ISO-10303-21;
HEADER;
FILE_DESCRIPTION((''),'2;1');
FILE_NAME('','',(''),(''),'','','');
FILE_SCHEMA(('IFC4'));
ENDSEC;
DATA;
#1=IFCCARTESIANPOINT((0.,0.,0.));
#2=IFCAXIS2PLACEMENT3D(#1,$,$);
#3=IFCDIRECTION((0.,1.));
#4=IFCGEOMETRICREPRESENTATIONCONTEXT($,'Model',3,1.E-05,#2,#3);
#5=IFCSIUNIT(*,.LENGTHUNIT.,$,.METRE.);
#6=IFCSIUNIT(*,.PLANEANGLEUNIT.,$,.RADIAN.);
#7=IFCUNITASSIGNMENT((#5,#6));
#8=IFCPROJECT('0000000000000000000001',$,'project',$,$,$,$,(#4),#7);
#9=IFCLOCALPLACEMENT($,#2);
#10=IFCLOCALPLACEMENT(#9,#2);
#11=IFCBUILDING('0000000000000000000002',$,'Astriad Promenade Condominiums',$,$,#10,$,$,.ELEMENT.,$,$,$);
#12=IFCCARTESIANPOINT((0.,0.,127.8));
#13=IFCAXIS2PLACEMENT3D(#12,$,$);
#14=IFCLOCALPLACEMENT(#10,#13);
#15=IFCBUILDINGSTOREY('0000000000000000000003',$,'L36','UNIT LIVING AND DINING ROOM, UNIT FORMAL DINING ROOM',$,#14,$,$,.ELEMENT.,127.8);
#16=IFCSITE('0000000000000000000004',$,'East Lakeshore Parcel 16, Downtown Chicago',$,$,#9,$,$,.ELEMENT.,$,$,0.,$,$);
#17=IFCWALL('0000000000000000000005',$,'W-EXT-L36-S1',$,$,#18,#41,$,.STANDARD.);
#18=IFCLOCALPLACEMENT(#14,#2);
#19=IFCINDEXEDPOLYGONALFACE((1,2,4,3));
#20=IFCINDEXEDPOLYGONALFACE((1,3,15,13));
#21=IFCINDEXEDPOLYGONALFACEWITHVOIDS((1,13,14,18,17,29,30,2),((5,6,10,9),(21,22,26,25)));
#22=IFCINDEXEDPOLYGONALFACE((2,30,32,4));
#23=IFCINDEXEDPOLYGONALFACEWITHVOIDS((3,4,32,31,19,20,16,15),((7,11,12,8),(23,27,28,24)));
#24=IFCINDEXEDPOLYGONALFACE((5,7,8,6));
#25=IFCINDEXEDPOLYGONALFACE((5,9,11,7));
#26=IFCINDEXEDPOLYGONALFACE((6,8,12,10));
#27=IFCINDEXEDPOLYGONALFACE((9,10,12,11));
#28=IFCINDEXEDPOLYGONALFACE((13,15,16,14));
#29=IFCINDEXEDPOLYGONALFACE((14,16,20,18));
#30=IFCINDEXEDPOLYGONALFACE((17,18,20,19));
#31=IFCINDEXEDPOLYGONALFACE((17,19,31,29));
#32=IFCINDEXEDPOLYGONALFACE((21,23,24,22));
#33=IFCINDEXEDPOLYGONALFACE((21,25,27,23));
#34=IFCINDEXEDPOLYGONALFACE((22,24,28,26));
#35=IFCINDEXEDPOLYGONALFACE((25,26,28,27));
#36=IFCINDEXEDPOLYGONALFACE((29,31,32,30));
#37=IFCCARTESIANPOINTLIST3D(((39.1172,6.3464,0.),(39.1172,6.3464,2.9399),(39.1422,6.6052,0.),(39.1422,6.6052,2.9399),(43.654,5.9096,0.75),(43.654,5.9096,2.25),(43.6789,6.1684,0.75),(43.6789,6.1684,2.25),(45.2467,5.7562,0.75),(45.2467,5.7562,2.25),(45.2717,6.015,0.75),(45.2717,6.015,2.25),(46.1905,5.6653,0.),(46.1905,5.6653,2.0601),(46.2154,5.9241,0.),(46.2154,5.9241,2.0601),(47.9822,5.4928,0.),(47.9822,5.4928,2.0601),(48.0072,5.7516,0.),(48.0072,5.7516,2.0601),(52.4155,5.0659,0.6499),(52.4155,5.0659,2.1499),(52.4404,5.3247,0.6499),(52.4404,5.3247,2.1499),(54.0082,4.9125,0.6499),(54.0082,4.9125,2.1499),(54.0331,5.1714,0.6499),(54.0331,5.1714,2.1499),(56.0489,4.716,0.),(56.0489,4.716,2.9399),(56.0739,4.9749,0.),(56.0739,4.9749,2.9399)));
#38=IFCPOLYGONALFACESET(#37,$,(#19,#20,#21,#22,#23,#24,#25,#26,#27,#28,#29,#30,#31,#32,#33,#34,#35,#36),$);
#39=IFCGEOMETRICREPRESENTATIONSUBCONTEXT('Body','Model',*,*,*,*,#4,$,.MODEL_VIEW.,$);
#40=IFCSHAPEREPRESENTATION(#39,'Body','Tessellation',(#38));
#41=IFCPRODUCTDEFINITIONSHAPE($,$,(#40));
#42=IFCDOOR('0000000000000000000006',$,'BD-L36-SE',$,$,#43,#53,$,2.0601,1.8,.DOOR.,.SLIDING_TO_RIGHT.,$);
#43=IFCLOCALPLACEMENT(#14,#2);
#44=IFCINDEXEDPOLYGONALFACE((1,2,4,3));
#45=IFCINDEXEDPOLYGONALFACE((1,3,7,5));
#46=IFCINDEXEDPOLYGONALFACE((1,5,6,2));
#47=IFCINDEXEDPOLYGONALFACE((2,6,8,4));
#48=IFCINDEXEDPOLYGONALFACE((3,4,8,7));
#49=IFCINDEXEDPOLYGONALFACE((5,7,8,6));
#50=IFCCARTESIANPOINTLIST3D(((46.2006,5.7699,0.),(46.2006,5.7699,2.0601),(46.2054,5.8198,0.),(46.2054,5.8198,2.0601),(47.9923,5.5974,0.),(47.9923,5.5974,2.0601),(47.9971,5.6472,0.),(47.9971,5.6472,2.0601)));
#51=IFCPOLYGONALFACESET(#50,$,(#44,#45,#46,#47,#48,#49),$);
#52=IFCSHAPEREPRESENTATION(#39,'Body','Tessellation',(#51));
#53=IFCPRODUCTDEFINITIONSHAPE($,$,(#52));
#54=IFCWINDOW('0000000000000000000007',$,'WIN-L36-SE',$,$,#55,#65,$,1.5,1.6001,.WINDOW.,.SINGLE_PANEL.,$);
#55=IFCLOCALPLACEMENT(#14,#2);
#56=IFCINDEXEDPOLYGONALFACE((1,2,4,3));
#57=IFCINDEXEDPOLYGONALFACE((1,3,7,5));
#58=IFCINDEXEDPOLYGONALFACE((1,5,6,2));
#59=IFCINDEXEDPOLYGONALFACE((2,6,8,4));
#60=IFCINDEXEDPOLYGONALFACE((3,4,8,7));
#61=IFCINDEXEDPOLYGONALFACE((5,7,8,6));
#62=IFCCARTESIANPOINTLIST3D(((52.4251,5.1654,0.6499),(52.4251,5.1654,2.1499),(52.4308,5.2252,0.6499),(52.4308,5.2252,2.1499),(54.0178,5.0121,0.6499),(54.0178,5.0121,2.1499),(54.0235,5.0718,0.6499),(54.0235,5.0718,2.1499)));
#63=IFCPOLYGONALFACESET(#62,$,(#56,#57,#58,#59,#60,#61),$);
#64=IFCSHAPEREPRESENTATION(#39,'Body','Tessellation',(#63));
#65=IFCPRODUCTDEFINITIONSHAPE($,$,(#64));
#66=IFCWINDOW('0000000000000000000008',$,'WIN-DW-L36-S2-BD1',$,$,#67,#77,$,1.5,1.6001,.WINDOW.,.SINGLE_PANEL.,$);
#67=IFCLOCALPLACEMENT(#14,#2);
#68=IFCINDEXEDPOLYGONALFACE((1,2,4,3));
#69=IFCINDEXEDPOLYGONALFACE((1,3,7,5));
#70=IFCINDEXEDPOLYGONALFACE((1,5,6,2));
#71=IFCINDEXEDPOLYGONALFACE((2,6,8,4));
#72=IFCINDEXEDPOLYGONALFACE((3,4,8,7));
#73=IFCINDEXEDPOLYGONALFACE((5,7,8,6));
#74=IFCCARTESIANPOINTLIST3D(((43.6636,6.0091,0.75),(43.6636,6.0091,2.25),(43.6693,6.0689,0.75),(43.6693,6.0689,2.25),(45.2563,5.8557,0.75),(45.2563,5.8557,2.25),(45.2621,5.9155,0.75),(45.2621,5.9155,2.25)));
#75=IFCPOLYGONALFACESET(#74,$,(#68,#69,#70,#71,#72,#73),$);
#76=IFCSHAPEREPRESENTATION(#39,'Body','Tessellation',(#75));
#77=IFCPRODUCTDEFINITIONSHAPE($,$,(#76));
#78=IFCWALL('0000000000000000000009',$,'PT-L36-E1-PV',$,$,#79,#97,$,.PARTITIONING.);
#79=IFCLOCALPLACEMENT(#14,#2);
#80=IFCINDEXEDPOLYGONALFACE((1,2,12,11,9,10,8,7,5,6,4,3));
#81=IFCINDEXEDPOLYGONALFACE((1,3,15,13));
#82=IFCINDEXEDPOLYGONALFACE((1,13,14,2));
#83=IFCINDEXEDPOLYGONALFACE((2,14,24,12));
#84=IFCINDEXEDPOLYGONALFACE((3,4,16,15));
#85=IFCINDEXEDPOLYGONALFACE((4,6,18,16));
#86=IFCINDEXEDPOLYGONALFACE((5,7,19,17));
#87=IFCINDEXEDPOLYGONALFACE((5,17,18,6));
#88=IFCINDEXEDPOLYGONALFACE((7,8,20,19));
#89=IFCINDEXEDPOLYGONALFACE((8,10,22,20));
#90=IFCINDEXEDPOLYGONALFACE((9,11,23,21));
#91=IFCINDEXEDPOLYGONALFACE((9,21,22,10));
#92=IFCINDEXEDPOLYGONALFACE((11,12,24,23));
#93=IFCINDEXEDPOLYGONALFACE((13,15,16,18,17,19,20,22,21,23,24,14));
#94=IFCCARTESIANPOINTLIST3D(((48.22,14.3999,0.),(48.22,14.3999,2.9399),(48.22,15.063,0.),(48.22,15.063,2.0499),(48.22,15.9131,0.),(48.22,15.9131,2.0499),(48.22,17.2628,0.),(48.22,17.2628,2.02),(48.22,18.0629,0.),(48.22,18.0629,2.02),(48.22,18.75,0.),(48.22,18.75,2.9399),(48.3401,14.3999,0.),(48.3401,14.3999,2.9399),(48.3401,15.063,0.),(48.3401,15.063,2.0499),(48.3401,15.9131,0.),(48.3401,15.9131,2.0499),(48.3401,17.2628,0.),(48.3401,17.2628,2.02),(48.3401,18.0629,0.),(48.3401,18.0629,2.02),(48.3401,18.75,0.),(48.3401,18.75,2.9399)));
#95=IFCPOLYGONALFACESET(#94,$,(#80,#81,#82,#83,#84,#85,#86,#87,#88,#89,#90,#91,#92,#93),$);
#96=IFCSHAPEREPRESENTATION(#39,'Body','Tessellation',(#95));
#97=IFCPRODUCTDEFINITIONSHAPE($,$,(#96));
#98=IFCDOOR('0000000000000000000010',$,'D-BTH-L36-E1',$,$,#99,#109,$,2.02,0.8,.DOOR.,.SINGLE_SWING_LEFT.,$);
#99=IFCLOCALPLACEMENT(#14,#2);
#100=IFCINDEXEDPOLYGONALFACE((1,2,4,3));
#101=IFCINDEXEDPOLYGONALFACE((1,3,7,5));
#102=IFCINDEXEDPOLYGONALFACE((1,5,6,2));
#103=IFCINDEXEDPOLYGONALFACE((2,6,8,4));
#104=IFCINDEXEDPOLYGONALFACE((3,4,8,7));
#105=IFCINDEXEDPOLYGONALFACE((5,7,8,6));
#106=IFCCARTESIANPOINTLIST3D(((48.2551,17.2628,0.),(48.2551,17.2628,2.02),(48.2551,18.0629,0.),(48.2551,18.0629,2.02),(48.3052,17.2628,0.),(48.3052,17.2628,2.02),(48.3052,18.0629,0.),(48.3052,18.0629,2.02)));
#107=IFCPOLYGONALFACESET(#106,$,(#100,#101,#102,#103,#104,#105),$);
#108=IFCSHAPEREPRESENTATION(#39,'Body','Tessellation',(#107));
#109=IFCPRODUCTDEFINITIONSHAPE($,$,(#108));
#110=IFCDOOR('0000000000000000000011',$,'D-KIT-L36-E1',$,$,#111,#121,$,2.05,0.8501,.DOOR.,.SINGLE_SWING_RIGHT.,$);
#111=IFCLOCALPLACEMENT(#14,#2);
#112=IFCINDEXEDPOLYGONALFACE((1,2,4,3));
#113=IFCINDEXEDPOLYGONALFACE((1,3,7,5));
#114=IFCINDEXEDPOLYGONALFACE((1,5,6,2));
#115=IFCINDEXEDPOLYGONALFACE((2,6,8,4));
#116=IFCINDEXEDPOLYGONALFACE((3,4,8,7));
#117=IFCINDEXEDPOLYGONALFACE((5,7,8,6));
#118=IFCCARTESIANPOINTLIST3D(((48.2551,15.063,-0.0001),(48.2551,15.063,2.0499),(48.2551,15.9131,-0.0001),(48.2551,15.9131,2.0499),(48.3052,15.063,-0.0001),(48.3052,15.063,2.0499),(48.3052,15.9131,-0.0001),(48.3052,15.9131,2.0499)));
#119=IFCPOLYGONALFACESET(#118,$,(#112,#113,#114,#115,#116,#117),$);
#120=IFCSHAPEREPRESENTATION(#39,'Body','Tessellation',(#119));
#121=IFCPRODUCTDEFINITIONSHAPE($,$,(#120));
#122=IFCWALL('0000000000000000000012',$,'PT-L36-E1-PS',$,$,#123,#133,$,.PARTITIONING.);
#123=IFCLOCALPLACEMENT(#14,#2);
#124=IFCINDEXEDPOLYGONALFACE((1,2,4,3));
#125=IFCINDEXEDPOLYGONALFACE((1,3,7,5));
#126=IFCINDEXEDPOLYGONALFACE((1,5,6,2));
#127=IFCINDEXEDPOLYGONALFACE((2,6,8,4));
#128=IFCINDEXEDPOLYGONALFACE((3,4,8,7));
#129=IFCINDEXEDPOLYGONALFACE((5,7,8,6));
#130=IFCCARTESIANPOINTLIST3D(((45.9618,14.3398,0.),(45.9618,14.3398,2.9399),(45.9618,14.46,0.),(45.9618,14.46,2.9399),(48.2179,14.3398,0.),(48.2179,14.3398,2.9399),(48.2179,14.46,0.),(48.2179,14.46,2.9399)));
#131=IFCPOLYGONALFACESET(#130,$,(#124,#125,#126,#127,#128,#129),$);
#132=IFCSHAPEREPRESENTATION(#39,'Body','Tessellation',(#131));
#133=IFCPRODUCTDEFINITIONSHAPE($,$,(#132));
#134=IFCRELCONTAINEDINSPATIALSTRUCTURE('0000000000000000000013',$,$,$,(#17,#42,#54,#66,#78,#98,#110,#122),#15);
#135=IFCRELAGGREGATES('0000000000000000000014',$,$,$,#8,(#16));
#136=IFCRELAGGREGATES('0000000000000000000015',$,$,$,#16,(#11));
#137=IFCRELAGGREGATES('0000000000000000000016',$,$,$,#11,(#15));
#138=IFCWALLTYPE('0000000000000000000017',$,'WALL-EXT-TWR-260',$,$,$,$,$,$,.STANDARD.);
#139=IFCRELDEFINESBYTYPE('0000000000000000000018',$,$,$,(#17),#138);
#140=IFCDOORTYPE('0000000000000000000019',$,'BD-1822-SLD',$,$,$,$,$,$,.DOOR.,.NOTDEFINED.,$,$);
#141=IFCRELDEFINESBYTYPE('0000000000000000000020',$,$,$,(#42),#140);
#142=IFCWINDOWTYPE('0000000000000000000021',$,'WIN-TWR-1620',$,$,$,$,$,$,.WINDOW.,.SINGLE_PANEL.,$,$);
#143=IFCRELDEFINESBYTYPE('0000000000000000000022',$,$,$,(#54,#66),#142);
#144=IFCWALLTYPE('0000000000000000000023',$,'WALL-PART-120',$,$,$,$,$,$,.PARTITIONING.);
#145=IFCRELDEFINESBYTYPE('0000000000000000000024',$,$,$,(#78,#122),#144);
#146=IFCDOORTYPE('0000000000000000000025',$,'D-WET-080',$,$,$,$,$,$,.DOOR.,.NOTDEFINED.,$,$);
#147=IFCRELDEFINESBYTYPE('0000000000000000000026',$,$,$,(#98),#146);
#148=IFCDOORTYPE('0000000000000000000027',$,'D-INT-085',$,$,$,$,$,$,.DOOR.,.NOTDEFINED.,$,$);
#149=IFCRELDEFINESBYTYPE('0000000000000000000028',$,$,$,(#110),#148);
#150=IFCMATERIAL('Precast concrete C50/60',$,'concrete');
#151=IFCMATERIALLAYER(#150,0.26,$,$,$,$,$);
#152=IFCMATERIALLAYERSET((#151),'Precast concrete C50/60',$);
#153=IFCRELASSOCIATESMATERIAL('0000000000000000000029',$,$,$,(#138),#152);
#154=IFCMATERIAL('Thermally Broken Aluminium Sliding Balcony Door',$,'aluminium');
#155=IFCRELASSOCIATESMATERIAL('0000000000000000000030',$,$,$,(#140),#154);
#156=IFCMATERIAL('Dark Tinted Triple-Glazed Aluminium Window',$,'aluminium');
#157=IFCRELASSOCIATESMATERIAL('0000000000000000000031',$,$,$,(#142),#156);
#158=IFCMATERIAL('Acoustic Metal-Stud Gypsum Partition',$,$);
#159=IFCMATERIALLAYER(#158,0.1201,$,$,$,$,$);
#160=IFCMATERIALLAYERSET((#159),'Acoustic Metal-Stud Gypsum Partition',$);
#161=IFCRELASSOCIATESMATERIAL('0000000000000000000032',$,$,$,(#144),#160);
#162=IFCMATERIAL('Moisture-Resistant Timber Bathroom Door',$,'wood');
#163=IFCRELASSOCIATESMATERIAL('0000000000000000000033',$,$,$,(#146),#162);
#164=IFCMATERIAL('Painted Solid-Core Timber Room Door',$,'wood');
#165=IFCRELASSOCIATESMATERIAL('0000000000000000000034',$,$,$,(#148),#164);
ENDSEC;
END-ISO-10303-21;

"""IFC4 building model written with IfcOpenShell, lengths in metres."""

from ifc_helpers import new_model, si_unit, direction, frame, frame_2d, origin, place, context, subcontext, project, spatial, rectangle, extrude, source, transform, mapped, material, layer, layer_set, type_object, type_shapes, element, fill, save


model = new_model("IFC4")

# Units and contexts
model_context = context("Model", 3, precision=1e-05, world=origin(), true_north=direction((0.0, 1.0)))
body_context = subcontext(model_context, "Body", "Model", "MODEL_VIEW")
ifc_project = project(units=[si_unit("LENGTHUNIT", "METRE"), si_unit("PLANEANGLEUNIT", "RADIAN")], contexts=[model_context])

# Site, building, storey
site_placement = place(None, origin())
site = spatial("IfcSite", under=ifc_project, at=site_placement, Name="East Lakeshore Parcel 16, Downtown Chicago", CompositionType="ELEMENT", RefElevation=0.0)
building_placement = place(site_placement, origin())
building = spatial("IfcBuilding", under=site, at=building_placement, Name="Astriad Promenade Condominiums", CompositionType="ELEMENT")
storey_placement = place(building_placement, frame((0.0, 0.0, 127.8)))
storey = spatial("IfcBuildingStorey", under=building, at=storey_placement, Name="L36", Description="UNIT LIVING AND DINING ROOM, UNIT FORMAL DINING ROOM", CompositionType="ELEMENT", Elevation=127.8)

# Wall, openings, door, windows
ifc_material_1 = material(Name="Precast concrete C50/60", Category="concrete")
ifc_layer_1 = layer(ifc_material_1, 0.26)
ifc_layer_set_1 = layer_set([ifc_layer_1], Name="Precast concrete C50/60")
wall_type_1 = type_object("IfcWallType", Name="WALL-EXT-TWR-260", PredefinedType="STANDARD", material=ifc_layer_set_1)
wall_1_placement = place(storey_placement, frame((56.0613, 4.8455, 0.0), z_axis=(0.0, 0.0, 1.0), x_axis=(-0.995396, 0.095848, 0.0)))
wall_1 = element("IfcWall", 1, at=wall_1_placement, inside=storey, type_object=wall_type_1, Name="W-EXT-L36-S1", PredefinedType="STANDARD", context=body_context, shape_type="SweptSolid", body=[
    extrude(rectangle(XDim=17.01, YDim=0.26, at=frame_2d((8.5049, 0.0))), origin(), (0.0, 0.0, 1.0), 2.9399),
])
opening_1_placement = place(wall_1_placement, frame((8.104, 0.0, 0.0)))
opening_1 = element("IfcOpeningElement", 2, at=opening_1_placement, cuts=wall_1, PredefinedType="OPENING", context=body_context, shape_type="SweptSolid", body=[
    extrude(rectangle(XDim=1.8, YDim=2.0601, at=frame_2d((0.8999, 1.03))), frame((0.0, 0.1399, 0.0), z_axis=(0.0, -1.0, 0.0), x_axis=(1.0, 0.0, 0.0)), (0.0, 0.0, 1.0), 0.28),
])
opening_2_placement = place(wall_1_placement, frame((2.05, 0.0, 0.6499)))
opening_2 = element("IfcOpeningElement", 3, at=opening_2_placement, cuts=wall_1, PredefinedType="OPENING", context=body_context, shape_type="SweptSolid", body=[
    extrude(rectangle(XDim=1.6001, YDim=1.5, at=frame_2d((0.8, 0.75))), frame((0.0, 0.1399, 0.0), z_axis=(0.0, -1.0, 0.0), x_axis=(1.0, 0.0, 0.0)), (0.0, 0.0, 1.0), 0.28),
])
opening_3_placement = place(wall_1_placement, frame((10.8521, 0.0, 0.75)))
opening_3 = element("IfcOpeningElement", 4, at=opening_3_placement, cuts=wall_1, PredefinedType="OPENING", context=body_context, shape_type="SweptSolid", body=[
    extrude(rectangle(XDim=1.6001, YDim=1.5, at=frame_2d((0.8, 0.75))), frame((0.0, 0.1399, 0.0), z_axis=(0.0, -1.0, 0.0), x_axis=(1.0, 0.0, 0.0)), (0.0, 0.0, 1.0), 0.28),
])
ifc_material_2 = material(Name="Thermally Broken Aluminium Sliding Balcony Door", Category="aluminium")
door_type_1 = type_object("IfcDoorType", Name="BD-1822-SLD", OperationType="NOTDEFINED", PredefinedType="DOOR", material=ifc_material_2)
shared_shape_1 = source(origin(), body_context, "Body", "SweptSolid", [
    extrude(rectangle(XDim=1.8, YDim=2.0601, at=frame_2d((0.8999, 1.03))), frame((0.0, 0.0249, 0.0), z_axis=(0.0, -1.0, 0.0), x_axis=(1.0, 0.0, 0.0)), (0.0, 0.0, 1.0), 0.05),
])
type_shapes(door_type_1, [shared_shape_1])
door_1_placement = place(opening_1_placement, origin())
door_1 = element("IfcDoor", 5, at=door_1_placement, inside=storey, type_object=door_type_1, Name="BD-L36-SE", OperationType="SLIDING_TO_RIGHT", OverallHeight=2.0601, OverallWidth=1.8, PredefinedType="DOOR", context=body_context, shape_type="MappedRepresentation", body=[
    mapped(shared_shape_1, transform((0.0, 0.0, 0.0), scale=1.0)),
])
fill(opening_1, door_1)
ifc_material_3 = material(Name="Dark Tinted Triple-Glazed Aluminium Window", Category="aluminium")
window_type = type_object("IfcWindowType", Name="WIN-TWR-1620", PartitioningType="SINGLE_PANEL", PredefinedType="WINDOW", material=ifc_material_3)
shared_shape_2 = source(origin(), body_context, "Body", "SweptSolid", [
    extrude(rectangle(XDim=1.6001, YDim=1.5, at=frame_2d((0.8, 0.75))), frame((0.0, 0.03, 0.0), z_axis=(0.0, -1.0, 0.0), x_axis=(1.0, 0.0, 0.0)), (0.0, 0.0, 1.0), 0.0601),
])
type_shapes(window_type, [shared_shape_2])
window_1_placement = place(opening_2_placement, origin())
window_1 = element("IfcWindow", 6, at=window_1_placement, inside=storey, type_object=window_type, Name="WIN-L36-SE", OverallHeight=1.5, OverallWidth=1.6001, PartitioningType="SINGLE_PANEL", PredefinedType="WINDOW", context=body_context, shape_type="MappedRepresentation", body=[
    mapped(shared_shape_2, transform((0.0, 0.0, 0.0), scale=1.0)),
])
fill(opening_2, window_1)
window_2_placement = place(opening_3_placement, origin())
window_2 = element("IfcWindow", 7, at=window_2_placement, inside=storey, type_object=window_type, Name="WIN-DW-L36-S2-BD1", OverallHeight=1.5, OverallWidth=1.6001, PartitioningType="SINGLE_PANEL", PredefinedType="WINDOW", context=body_context, shape_type="MappedRepresentation", body=[
    mapped(shared_shape_2, transform((0.0, 0.0, 0.0), scale=1.0)),
])
fill(opening_3, window_2)

# Wall, openings, doors
ifc_material_4 = material(Name="Acoustic Metal-Stud Gypsum Partition")
ifc_layer_2 = layer(ifc_material_4, 0.1201)
ifc_layer_set_2 = layer_set([ifc_layer_2], Name="Acoustic Metal-Stud Gypsum Partition")
wall_type_2 = type_object("IfcWallType", Name="WALL-PART-120", PredefinedType="PARTITIONING", material=ifc_layer_set_2)
wall_2_placement = place(storey_placement, frame((48.28, 14.3999, 0.0), z_axis=(0.0, 0.0, 1.0), x_axis=(0.0, 1.0, 0.0)))
wall_2 = element("IfcWall", 8, at=wall_2_placement, inside=storey, type_object=wall_type_2, Name="PT-L36-E1-PV", PredefinedType="PARTITIONING", context=body_context, shape_type="SweptSolid", body=[
    extrude(rectangle(XDim=4.3501, YDim=0.1201, at=frame_2d((2.175, 0.0))), origin(), (0.0, 0.0, 1.0), 2.9399),
])
opening_4_placement = place(wall_2_placement, frame((0.6631, 0.0, 0.0)))
opening_4 = element("IfcOpeningElement", 9, at=opening_4_placement, cuts=wall_2, PredefinedType="OPENING", context=body_context, shape_type="SweptSolid", body=[
    extrude(rectangle(XDim=0.8501, YDim=2.05, at=frame_2d((0.425, 1.0249))), frame((0.0, 0.0701, 0.0), z_axis=(0.0, -1.0, 0.0), x_axis=(1.0, 0.0, 0.0)), (0.0, 0.0, 1.0), 0.1401),
])
opening_5_placement = place(wall_2_placement, frame((2.863, 0.0, 0.0)))
opening_5 = element("IfcOpeningElement", 10, at=opening_5_placement, cuts=wall_2, PredefinedType="OPENING", context=body_context, shape_type="SweptSolid", body=[
    extrude(rectangle(XDim=0.8, YDim=2.02, at=frame_2d((0.3999, 1.01))), frame((0.0, 0.0701, 0.0), z_axis=(0.0, -1.0, 0.0), x_axis=(1.0, 0.0, 0.0)), (0.0, 0.0, 1.0), 0.1401),
])
ifc_material_5 = material(Name="Moisture-Resistant Timber Bathroom Door", Category="wood")
door_type_2 = type_object("IfcDoorType", Name="D-WET-080", OperationType="NOTDEFINED", PredefinedType="DOOR", material=ifc_material_5)
shared_shape_3 = source(origin(), body_context, "Body", "SweptSolid", [
    extrude(rectangle(XDim=0.8, YDim=2.02, at=frame_2d((0.3999, 1.01))), frame((0.0, 0.0249, 0.0), z_axis=(0.0, -1.0, 0.0), x_axis=(1.0, 0.0, 0.0)), (0.0, 0.0, 1.0), 0.05),
])
type_shapes(door_type_2, [shared_shape_3])
door_2_placement = place(opening_5_placement, origin())
door_2 = element("IfcDoor", 11, at=door_2_placement, inside=storey, type_object=door_type_2, Name="D-BTH-L36-E1", OperationType="SINGLE_SWING_LEFT", OverallHeight=2.02, OverallWidth=0.8, PredefinedType="DOOR", context=body_context, shape_type="MappedRepresentation", body=[
    mapped(shared_shape_3, transform((0.0, 0.0, 0.0), scale=1.0)),
])
fill(opening_5, door_2)
ifc_material_6 = material(Name="Painted Solid-Core Timber Room Door", Category="wood")
door_type_3 = type_object("IfcDoorType", Name="D-INT-085", OperationType="NOTDEFINED", PredefinedType="DOOR", material=ifc_material_6)
shared_shape_4 = source(origin(), body_context, "Body", "SweptSolid", [
    extrude(rectangle(XDim=0.8501, YDim=2.05, at=frame_2d((0.425, 1.0249))), frame((0.0, 0.0249, 0.0), z_axis=(0.0, -1.0, 0.0), x_axis=(1.0, 0.0, 0.0)), (0.0, 0.0, 1.0), 0.05),
])
type_shapes(door_type_3, [shared_shape_4])
door_3_placement = place(opening_4_placement, origin())
door_3 = element("IfcDoor", 12, at=door_3_placement, inside=storey, type_object=door_type_3, Name="D-KIT-L36-E1", OperationType="SINGLE_SWING_RIGHT", OverallHeight=2.05, OverallWidth=0.8501, PredefinedType="DOOR", context=body_context, shape_type="MappedRepresentation", body=[
    mapped(shared_shape_4, transform((0.0, 0.0, 0.0), scale=1.0)),
])
fill(opening_4, door_3)

# Wall
wall_3_placement = place(storey_placement, frame((45.9619, 14.3999, 0.0), z_axis=(0.0, 0.0, 1.0), x_axis=(1.0, 0.0, 0.0)))
element("IfcWall", 13, at=wall_3_placement, inside=storey, type_object=wall_type_2, Name="PT-L36-E1-PS", PredefinedType="PARTITIONING", context=body_context, shape_type="SweptSolid", body=[
    extrude(rectangle(XDim=2.2561, YDim=0.1201, at=frame_2d((1.1279, 0.0))), origin(), (0.0, 0.0, 1.0), 2.9399),
])

save(model, "model.ifc")
